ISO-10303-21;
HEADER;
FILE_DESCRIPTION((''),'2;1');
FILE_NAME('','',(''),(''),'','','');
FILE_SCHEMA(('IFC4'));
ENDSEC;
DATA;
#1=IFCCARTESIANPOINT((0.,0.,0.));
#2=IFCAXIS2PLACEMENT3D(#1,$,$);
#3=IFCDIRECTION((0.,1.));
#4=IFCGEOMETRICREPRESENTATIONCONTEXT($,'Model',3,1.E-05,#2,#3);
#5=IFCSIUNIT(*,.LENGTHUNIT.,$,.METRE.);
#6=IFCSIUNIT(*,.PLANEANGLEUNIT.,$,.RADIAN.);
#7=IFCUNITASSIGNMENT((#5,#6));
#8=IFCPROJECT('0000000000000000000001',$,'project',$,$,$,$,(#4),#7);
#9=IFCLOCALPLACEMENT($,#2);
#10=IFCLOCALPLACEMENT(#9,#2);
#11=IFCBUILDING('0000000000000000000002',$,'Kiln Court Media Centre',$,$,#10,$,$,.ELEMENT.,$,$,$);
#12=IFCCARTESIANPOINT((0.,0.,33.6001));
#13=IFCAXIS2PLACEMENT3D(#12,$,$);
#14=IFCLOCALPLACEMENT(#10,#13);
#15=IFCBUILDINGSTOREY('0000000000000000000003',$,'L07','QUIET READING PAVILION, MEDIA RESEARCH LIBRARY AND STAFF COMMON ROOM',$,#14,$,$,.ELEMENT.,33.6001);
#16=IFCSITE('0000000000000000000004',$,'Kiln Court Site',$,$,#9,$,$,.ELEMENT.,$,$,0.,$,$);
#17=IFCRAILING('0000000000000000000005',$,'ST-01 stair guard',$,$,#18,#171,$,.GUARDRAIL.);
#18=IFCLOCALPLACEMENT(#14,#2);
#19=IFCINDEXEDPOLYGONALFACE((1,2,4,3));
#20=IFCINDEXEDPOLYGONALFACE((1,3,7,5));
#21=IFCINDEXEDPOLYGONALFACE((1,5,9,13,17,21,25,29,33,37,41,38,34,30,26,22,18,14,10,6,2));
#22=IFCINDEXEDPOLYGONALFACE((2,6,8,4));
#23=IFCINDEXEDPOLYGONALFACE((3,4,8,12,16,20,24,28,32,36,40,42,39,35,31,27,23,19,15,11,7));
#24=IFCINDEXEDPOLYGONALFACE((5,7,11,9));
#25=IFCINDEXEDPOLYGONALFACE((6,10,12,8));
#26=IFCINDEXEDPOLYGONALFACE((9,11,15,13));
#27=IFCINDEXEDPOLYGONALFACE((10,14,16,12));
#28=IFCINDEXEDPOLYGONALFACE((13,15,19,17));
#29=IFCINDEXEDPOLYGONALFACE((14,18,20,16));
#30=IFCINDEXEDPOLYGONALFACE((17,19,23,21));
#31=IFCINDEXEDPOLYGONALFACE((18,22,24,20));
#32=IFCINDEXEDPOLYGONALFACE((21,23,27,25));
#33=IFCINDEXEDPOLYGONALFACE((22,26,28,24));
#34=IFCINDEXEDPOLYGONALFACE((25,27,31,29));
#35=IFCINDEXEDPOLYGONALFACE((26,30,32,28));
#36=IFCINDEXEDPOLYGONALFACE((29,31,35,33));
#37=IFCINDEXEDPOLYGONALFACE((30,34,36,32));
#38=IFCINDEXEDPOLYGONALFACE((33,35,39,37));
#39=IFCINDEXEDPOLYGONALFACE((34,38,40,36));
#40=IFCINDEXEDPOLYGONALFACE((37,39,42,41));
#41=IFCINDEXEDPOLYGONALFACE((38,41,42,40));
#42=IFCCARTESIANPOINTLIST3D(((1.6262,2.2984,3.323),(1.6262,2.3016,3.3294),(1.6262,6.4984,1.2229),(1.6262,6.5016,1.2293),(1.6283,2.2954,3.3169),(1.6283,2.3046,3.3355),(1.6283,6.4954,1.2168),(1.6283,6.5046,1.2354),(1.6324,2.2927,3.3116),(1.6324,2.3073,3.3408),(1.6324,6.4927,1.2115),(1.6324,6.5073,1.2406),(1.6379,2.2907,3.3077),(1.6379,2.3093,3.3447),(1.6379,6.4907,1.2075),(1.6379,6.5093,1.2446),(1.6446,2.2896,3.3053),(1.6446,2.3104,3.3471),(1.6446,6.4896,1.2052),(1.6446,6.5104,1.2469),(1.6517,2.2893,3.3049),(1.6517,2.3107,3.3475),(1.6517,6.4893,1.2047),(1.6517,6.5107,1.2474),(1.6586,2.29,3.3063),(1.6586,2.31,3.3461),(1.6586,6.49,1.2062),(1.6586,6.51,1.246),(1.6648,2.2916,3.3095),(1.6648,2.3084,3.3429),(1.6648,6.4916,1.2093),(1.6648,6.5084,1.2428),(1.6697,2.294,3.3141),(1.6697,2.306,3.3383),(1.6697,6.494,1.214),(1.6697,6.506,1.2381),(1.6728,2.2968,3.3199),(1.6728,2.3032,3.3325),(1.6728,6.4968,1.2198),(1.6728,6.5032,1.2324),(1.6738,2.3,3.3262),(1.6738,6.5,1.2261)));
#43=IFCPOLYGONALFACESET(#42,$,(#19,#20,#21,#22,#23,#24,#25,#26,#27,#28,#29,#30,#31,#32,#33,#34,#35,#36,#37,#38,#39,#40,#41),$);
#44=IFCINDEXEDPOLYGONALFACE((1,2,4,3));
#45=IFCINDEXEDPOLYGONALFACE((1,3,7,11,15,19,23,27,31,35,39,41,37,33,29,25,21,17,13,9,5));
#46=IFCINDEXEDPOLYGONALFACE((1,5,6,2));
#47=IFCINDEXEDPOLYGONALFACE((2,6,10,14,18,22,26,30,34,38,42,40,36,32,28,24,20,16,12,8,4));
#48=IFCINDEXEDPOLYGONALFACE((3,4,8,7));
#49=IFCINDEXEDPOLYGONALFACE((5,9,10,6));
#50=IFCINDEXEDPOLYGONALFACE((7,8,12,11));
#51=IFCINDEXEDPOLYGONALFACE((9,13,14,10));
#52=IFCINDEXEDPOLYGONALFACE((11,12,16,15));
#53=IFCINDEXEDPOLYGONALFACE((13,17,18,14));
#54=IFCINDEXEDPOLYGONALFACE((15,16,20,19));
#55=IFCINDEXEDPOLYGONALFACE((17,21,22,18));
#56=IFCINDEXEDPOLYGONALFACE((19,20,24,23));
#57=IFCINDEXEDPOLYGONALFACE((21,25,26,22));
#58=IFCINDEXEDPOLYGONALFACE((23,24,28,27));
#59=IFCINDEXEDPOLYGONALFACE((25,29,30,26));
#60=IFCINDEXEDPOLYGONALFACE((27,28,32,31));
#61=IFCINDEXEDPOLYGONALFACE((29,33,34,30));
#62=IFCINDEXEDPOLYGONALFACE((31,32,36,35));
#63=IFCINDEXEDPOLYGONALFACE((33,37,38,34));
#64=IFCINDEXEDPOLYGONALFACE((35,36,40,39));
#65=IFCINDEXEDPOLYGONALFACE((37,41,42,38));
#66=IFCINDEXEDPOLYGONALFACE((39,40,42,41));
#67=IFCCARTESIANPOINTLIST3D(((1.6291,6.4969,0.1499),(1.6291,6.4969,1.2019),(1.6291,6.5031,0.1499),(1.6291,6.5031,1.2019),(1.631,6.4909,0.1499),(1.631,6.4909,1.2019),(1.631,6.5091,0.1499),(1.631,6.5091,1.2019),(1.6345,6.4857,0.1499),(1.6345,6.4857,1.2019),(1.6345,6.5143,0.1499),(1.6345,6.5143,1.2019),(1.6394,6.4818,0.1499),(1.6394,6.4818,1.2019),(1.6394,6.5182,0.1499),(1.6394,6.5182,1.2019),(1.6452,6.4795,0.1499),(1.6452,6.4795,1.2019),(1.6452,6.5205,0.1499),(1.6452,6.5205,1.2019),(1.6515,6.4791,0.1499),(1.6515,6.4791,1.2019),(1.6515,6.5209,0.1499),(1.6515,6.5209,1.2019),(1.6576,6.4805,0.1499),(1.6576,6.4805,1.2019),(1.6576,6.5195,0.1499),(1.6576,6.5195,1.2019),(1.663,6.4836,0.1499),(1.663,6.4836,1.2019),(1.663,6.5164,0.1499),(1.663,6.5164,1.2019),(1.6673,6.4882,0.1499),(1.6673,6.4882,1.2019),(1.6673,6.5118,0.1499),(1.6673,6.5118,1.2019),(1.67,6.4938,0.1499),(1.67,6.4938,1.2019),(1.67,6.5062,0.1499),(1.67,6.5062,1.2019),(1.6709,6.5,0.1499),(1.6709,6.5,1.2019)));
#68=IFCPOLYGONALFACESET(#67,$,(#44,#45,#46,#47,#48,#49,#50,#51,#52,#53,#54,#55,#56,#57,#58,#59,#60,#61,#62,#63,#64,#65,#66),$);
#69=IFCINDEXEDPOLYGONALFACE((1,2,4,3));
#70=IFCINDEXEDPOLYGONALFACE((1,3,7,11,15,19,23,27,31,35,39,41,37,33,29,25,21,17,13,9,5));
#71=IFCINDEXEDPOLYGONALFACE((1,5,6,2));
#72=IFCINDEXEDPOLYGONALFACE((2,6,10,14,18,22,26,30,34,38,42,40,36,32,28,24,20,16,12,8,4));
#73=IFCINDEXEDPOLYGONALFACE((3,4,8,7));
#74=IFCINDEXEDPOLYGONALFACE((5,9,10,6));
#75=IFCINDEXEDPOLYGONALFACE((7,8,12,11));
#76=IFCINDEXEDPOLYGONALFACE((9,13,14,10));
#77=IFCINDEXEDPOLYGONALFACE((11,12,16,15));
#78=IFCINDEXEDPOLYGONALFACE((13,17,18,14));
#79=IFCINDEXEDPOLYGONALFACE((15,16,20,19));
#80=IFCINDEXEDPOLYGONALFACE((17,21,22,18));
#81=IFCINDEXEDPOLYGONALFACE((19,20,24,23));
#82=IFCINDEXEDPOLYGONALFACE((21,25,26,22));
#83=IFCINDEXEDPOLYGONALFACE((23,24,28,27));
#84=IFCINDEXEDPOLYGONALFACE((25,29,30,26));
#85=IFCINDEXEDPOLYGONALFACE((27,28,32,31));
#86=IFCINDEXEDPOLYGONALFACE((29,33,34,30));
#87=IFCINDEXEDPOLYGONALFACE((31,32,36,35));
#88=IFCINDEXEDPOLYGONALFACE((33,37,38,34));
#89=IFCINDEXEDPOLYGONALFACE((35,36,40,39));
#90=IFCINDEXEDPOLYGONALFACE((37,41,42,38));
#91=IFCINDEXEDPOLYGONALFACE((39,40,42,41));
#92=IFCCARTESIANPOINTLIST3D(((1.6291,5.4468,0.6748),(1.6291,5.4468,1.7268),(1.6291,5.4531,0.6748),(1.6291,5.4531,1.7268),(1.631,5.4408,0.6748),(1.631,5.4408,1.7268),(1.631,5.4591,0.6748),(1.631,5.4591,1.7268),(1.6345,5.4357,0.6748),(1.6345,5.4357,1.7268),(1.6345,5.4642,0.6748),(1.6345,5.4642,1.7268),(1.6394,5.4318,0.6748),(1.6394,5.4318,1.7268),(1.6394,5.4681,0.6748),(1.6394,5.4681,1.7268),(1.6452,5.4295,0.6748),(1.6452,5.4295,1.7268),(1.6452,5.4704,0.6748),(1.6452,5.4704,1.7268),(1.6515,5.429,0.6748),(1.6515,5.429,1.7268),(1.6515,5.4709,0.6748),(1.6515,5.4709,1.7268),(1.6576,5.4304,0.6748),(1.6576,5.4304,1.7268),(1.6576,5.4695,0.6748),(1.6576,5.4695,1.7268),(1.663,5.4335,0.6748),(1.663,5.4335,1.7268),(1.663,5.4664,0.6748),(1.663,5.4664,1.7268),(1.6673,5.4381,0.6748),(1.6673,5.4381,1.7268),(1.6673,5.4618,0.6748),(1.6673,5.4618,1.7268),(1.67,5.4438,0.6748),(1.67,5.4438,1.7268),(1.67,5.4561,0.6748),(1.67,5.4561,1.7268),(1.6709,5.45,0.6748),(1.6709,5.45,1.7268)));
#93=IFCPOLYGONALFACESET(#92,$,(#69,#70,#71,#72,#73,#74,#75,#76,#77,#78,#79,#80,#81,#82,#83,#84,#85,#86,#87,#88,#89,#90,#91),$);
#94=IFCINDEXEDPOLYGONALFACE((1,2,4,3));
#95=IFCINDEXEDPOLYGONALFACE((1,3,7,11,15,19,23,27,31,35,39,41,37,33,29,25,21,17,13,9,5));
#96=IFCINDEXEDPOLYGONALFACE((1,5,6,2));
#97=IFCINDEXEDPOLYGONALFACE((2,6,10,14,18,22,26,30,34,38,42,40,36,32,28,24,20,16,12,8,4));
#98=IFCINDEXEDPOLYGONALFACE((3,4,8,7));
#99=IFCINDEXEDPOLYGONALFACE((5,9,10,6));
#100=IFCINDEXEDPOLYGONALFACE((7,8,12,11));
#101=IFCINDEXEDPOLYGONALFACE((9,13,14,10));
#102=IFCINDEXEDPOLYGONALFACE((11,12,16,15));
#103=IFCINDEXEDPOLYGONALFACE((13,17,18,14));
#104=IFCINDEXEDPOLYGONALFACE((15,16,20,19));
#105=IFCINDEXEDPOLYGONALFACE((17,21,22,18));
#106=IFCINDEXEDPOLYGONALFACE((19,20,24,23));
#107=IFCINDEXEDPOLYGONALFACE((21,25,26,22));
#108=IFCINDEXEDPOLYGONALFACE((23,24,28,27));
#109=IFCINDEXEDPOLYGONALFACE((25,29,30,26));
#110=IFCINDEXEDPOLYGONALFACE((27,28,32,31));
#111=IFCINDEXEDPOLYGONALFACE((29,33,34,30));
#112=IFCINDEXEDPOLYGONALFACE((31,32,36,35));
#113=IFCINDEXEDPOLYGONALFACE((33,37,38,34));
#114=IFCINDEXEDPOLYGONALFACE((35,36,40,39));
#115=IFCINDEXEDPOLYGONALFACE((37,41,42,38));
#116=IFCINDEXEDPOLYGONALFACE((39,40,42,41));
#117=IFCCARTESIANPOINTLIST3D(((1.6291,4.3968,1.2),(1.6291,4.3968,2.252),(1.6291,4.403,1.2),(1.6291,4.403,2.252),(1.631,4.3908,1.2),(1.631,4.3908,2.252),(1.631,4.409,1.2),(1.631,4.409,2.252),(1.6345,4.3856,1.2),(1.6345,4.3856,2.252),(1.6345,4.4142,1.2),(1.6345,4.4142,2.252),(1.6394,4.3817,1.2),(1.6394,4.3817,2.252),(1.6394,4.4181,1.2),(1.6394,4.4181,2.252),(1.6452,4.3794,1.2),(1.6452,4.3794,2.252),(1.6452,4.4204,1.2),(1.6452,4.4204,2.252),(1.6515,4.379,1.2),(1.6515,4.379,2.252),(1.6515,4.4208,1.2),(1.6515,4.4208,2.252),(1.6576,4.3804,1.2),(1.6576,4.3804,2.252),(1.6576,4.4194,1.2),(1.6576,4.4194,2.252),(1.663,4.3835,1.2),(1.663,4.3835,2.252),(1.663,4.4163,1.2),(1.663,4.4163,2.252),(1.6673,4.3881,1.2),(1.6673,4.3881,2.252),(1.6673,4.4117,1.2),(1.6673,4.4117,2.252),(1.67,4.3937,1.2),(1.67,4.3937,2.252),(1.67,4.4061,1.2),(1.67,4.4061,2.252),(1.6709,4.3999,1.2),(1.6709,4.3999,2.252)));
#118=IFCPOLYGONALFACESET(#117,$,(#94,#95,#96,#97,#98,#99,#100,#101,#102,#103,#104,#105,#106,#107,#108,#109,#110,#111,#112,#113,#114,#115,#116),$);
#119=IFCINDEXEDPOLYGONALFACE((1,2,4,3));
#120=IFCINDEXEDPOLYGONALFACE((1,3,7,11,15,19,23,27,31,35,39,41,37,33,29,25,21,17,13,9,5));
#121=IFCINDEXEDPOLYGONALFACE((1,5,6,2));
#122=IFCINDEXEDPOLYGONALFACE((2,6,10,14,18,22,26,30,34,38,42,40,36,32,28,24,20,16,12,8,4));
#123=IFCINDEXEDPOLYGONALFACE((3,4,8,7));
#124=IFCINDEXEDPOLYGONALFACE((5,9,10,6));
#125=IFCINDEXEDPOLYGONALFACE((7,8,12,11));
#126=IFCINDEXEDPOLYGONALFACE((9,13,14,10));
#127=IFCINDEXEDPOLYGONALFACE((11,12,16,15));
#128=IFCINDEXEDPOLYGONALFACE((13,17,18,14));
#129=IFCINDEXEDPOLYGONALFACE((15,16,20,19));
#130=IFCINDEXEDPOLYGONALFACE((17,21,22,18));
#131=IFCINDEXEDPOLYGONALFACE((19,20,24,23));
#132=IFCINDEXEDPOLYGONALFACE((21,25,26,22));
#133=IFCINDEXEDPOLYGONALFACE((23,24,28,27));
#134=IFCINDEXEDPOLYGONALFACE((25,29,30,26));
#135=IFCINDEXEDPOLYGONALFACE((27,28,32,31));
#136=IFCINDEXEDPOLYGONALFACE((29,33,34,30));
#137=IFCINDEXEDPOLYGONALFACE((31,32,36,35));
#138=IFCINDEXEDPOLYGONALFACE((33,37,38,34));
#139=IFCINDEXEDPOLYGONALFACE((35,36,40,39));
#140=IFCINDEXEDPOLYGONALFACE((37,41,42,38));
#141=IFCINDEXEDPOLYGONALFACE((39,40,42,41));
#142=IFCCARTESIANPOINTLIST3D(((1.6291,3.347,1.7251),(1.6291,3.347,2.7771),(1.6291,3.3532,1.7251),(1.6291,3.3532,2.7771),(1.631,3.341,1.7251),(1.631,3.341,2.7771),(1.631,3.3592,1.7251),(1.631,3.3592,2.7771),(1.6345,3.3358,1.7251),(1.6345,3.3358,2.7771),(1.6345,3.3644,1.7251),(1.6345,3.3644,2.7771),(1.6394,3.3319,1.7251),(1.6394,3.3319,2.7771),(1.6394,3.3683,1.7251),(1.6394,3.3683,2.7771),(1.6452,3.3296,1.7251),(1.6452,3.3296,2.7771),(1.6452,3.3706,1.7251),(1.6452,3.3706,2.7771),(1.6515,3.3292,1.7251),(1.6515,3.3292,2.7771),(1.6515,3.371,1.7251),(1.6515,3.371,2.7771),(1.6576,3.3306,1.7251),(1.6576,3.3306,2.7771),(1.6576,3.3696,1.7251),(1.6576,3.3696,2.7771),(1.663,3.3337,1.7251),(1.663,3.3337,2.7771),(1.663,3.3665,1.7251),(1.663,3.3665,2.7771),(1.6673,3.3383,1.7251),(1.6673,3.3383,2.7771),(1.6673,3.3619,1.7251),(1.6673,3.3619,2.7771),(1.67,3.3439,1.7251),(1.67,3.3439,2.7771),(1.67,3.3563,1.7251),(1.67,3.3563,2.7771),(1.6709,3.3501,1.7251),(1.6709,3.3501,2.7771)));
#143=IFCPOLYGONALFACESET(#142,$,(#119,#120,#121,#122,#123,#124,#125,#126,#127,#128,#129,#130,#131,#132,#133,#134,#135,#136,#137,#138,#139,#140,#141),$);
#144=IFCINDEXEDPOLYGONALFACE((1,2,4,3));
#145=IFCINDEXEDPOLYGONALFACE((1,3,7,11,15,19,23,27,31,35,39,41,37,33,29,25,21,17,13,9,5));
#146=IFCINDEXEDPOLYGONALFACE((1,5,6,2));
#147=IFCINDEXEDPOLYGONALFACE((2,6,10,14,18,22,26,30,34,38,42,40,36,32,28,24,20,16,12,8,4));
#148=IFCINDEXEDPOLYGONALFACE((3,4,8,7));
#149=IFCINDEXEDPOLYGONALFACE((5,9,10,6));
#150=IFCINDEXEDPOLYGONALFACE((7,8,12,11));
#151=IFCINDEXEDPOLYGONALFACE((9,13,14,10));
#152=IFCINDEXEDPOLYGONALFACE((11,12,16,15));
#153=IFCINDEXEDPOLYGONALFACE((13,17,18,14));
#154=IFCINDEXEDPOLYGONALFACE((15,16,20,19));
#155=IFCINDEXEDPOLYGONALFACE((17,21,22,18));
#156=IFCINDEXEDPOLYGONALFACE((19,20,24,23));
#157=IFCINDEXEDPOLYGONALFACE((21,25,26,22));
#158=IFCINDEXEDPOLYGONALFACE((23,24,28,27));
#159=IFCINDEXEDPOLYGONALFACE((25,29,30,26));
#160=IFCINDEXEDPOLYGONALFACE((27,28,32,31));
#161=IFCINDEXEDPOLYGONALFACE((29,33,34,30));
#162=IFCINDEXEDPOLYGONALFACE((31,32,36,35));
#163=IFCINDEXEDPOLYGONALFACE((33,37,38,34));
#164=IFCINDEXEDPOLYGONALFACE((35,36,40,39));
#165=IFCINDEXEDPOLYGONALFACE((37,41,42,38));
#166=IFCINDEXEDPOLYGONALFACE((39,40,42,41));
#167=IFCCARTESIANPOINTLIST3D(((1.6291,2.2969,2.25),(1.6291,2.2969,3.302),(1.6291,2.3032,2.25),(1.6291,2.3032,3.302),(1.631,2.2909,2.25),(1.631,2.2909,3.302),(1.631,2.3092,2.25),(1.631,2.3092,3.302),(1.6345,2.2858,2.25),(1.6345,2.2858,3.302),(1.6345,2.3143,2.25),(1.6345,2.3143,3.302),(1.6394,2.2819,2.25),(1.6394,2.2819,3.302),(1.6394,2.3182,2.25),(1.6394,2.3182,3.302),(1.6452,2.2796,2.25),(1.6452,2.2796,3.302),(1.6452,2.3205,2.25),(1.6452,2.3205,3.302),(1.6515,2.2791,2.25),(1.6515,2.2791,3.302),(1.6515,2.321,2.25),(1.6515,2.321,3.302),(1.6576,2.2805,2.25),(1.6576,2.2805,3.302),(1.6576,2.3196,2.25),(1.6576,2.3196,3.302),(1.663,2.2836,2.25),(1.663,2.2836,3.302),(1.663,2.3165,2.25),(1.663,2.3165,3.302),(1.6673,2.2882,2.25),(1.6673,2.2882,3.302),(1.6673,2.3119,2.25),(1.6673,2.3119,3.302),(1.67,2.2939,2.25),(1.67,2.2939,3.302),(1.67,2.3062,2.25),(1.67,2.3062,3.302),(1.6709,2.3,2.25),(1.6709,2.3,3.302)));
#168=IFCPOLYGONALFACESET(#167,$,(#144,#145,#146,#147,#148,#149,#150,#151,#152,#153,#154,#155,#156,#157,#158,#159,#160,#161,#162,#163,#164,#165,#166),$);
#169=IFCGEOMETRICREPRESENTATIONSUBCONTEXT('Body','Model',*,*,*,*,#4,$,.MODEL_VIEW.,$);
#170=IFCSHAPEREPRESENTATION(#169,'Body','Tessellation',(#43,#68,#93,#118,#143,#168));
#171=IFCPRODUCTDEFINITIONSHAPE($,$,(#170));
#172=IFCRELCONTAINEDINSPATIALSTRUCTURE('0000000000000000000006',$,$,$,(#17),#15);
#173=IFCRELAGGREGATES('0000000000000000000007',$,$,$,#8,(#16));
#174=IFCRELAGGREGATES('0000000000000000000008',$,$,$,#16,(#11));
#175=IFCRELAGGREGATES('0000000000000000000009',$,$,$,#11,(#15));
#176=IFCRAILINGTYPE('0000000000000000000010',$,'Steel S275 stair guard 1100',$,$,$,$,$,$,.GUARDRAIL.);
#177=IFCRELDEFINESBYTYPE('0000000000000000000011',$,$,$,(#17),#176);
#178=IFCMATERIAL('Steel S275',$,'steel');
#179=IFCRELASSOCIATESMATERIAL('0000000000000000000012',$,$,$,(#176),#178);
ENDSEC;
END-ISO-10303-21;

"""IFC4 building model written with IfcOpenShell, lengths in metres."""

from ifc_helpers import new_model, si_unit, direction, frame, origin, origin_2d, place, context, subcontext, project, spatial, circle, extrude, material, type_object, element, save


model = new_model("IFC4")

# Units and contexts
model_context = context("Model", 3, precision=1e-05, world=origin(), true_north=direction((0.0, 1.0)))
body_context = subcontext(model_context, "Body", "Model", "MODEL_VIEW")
ifc_project = project(units=[si_unit("LENGTHUNIT", "METRE"), si_unit("PLANEANGLEUNIT", "RADIAN")], contexts=[model_context])

# Site, building, storey
site_placement = place(None, origin())
site = spatial("IfcSite", under=ifc_project, at=site_placement, Name="Kiln Court Site", CompositionType="ELEMENT", RefElevation=0.0)
building_placement = place(site_placement, origin())
building = spatial("IfcBuilding", under=site, at=building_placement, Name="Kiln Court Media Centre", CompositionType="ELEMENT")
storey_placement = place(building_placement, frame((0.0, 0.0, 33.6001)))
storey = spatial("IfcBuildingStorey", under=building, at=storey_placement, Name="L07", Description="QUIET READING PAVILION, MEDIA RESEARCH LIBRARY AND STAFF COMMON ROOM", CompositionType="ELEMENT", Elevation=33.6001)

# Railing
ifc_material_1 = material(Name="Steel S275", Category="steel")
railing_type = type_object("IfcRailingType", Name="Steel S275 stair guard 1100", PredefinedType="GUARDRAIL", material=ifc_material_1)
railing_1_placement = place(storey_placement, frame((1.6499, 6.5, 0.1499)))
element("IfcRailing", 1, at=railing_1_placement, inside=storey, type_object=railing_type, Name="ST-01 stair guard", PredefinedType="GUARDRAIL", context=body_context, shape_type="SweptSolid", body=[
    extrude(circle(Radius=0.0239, at=origin_2d()), frame((0.0, 0.0, 1.0762), z_axis=(0.0, -0.894417, 0.447234), x_axis=(1.0, 0.0, 0.0)), (0.0, 0.0, 1.0), 4.6958),
    extrude(circle(Radius=0.021, at=origin_2d()), origin(), (0.0, 0.0, 1.0), 1.052),
    extrude(circle(Radius=0.021, at=origin_2d()), frame((0.0, -1.05, 0.5249)), (0.0, 0.0, 1.0), 1.052),
    extrude(circle(Radius=0.021, at=origin_2d()), frame((0.0, -2.1001, 1.05)), (0.0, 0.0, 1.0), 1.052),
    extrude(circle(Radius=0.021, at=origin_2d()), frame((0.0, -3.1499, 1.5752)), (0.0, 0.0, 1.0), 1.052),
    extrude(circle(Radius=0.021, at=origin_2d()), frame((0.0, -4.2, 2.1001)), (0.0, 0.0, 1.0), 1.052),
])

save(model, "model.ifc")
